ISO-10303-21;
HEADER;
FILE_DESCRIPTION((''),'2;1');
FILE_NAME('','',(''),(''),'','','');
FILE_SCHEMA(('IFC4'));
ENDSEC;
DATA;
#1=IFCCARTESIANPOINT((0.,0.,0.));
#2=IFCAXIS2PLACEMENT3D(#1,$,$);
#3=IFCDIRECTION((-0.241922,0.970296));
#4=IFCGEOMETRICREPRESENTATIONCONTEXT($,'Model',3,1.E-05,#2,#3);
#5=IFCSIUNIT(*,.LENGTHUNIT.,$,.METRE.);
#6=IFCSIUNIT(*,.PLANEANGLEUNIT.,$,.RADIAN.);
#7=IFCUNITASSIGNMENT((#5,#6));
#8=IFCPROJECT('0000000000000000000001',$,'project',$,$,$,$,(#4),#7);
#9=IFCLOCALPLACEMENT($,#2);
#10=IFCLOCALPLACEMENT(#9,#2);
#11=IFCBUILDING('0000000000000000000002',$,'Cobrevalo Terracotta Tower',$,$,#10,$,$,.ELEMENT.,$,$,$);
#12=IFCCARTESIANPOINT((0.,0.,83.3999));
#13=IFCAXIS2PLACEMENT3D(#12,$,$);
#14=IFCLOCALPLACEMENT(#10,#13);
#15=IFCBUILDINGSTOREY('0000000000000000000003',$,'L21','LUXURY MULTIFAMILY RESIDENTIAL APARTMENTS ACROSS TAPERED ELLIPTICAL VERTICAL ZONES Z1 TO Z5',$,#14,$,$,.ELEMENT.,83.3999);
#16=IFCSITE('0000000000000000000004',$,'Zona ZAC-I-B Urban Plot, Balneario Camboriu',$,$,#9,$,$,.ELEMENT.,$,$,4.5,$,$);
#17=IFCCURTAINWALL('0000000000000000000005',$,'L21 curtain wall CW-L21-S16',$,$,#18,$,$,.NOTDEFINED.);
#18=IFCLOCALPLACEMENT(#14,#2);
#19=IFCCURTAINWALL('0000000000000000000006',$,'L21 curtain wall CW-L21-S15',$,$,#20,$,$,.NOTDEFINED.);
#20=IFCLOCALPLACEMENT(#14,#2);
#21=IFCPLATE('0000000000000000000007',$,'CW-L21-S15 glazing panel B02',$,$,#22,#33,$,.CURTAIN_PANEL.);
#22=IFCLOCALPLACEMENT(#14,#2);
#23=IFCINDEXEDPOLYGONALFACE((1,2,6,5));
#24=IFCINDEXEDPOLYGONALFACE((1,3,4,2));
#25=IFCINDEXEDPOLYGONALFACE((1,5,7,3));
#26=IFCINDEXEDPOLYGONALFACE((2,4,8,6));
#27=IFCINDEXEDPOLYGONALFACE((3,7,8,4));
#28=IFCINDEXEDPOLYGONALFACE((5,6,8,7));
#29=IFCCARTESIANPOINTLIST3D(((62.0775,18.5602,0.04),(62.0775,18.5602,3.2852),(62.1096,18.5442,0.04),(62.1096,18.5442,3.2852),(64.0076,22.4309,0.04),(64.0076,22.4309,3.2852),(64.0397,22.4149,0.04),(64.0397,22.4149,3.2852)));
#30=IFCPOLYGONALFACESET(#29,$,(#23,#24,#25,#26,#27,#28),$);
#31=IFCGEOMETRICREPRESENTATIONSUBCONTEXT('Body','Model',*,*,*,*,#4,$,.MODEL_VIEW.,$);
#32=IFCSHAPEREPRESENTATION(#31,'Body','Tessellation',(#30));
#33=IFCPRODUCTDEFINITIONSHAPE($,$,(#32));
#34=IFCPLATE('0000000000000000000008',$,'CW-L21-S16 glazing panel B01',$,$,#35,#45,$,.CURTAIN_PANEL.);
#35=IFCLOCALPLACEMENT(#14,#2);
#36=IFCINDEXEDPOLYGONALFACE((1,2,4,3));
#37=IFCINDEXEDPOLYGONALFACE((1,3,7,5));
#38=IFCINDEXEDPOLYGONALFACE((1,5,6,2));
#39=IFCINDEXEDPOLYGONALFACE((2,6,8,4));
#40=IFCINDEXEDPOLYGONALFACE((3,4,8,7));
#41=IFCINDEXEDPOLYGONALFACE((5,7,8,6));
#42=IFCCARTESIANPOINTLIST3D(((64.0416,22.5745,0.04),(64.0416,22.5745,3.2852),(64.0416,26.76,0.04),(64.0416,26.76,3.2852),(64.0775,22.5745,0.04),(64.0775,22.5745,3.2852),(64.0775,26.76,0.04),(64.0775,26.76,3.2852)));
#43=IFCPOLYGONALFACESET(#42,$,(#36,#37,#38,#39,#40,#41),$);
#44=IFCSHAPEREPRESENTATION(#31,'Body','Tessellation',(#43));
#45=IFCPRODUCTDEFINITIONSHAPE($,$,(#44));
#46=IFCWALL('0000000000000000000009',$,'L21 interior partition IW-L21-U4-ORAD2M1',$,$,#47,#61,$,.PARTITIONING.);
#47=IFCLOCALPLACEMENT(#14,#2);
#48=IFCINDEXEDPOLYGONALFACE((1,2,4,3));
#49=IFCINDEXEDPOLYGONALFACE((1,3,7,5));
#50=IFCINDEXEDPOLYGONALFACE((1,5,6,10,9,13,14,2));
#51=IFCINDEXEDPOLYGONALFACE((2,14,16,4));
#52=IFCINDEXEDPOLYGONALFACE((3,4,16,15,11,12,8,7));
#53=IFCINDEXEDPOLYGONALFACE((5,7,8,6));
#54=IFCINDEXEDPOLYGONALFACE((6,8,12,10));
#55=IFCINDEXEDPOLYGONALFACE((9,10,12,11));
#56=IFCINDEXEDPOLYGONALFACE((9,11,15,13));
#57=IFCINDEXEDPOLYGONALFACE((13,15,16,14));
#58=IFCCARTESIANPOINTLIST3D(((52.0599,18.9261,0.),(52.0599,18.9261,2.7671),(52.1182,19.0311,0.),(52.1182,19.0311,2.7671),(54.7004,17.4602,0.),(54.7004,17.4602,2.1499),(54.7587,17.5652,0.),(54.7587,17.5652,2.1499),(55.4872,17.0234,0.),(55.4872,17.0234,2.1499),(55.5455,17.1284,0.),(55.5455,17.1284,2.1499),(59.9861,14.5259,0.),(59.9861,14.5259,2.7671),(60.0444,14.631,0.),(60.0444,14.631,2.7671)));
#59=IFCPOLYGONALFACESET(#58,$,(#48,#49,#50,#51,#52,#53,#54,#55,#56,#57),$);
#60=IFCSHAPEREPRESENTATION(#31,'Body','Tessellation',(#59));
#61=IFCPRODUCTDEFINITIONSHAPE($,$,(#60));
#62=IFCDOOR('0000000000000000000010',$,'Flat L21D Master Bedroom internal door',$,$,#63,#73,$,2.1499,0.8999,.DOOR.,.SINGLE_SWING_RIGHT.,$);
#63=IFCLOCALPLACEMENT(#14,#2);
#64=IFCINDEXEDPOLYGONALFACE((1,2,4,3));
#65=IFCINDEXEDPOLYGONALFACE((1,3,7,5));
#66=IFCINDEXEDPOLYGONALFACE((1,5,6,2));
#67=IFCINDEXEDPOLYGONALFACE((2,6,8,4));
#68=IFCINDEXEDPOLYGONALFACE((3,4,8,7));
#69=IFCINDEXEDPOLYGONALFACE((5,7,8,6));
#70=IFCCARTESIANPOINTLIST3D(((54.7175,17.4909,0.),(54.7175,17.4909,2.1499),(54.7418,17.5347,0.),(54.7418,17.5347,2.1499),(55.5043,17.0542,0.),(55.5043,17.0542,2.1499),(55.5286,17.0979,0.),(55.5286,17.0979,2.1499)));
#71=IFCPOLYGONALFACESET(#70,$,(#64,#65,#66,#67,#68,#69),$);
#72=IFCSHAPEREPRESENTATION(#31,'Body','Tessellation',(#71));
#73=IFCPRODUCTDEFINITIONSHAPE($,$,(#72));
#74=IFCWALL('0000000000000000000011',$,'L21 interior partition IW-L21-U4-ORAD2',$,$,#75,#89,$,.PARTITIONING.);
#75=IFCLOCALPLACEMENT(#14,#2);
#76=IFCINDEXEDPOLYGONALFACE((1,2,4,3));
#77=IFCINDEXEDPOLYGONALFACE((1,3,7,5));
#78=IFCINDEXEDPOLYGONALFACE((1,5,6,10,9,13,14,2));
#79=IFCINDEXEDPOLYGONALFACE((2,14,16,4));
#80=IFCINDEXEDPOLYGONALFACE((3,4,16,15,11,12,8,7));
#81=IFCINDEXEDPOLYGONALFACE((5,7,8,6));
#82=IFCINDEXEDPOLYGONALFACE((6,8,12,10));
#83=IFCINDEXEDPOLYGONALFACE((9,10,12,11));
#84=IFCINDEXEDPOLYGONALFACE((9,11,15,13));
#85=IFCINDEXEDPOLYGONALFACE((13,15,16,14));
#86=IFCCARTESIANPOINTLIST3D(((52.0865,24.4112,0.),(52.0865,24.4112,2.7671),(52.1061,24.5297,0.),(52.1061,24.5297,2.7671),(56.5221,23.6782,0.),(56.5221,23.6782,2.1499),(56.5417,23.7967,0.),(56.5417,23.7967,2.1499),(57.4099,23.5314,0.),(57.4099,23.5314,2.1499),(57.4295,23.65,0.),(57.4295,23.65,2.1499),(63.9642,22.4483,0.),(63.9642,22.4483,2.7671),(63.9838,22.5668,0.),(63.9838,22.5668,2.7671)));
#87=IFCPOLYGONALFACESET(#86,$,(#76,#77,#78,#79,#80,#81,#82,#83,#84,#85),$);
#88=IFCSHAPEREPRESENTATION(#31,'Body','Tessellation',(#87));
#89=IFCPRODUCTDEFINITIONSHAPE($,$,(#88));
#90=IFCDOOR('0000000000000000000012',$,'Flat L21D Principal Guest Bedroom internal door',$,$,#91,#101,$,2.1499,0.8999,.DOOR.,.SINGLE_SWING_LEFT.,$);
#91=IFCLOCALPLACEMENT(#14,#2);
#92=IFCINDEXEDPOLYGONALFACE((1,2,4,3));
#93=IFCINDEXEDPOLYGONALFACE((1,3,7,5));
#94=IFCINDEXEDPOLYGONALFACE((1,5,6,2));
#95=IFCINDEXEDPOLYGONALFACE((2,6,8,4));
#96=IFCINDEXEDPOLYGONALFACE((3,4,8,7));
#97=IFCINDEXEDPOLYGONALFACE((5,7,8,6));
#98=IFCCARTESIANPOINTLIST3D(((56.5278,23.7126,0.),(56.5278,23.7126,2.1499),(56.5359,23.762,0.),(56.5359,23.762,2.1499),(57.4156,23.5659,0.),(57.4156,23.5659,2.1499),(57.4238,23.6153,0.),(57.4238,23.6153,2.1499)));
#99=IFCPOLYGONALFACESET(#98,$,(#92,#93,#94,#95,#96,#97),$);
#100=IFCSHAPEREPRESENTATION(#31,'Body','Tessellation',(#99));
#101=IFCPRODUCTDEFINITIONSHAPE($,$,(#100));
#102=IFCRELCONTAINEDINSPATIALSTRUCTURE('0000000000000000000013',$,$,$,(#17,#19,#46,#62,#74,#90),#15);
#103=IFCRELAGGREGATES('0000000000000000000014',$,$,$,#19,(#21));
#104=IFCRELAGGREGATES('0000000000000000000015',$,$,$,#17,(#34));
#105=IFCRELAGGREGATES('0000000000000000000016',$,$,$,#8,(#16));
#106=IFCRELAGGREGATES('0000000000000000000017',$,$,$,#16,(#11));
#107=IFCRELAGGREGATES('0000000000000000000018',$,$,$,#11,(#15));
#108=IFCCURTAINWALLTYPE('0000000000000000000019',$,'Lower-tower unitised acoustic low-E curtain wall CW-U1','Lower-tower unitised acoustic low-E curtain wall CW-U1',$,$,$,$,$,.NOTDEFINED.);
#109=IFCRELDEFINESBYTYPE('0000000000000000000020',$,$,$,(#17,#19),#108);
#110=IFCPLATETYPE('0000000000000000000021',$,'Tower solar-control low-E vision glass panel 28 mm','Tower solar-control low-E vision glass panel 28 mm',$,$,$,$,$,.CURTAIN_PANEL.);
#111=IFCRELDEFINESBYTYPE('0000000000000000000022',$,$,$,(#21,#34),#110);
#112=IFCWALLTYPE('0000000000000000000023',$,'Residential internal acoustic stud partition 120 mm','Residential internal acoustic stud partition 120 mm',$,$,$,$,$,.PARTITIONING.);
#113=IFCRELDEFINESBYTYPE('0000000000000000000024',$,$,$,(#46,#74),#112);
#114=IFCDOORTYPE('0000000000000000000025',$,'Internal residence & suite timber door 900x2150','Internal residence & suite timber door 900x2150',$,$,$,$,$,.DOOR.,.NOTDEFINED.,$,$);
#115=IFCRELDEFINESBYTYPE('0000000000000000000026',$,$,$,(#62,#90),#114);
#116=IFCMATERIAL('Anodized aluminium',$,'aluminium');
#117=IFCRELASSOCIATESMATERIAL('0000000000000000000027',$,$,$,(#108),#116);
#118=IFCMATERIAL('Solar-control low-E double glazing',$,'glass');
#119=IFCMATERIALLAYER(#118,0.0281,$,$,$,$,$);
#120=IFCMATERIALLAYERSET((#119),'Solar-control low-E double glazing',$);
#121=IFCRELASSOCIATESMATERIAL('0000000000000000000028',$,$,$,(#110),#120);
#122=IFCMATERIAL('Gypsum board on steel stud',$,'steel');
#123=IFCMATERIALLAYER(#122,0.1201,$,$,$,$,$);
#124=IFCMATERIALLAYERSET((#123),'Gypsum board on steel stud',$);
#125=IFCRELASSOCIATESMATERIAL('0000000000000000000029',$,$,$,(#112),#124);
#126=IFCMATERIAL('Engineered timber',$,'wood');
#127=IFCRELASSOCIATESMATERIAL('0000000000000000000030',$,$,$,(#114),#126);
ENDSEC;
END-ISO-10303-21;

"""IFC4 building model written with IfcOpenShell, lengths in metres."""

from ifc_helpers import new_model, si_unit, direction, frame, frame_2d, origin, origin_2d, place, context, subcontext, project, spatial, rectangle, extrude, source, transform, mapped, material, layer, layer_set, type_object, element, fill, aggregate, save


model = new_model("IFC4")

# Units and contexts
model_context = context("Model", 3, precision=1e-05, world=origin(), true_north=direction((-0.241922, 0.970296)))
body_context = subcontext(model_context, "Body", "Model", "MODEL_VIEW")
ifc_project = project(units=[si_unit("LENGTHUNIT", "METRE"), si_unit("PLANEANGLEUNIT", "RADIAN")], contexts=[model_context])

# Site, building, storey
site_placement = place(None, origin())
site = spatial("IfcSite", under=ifc_project, at=site_placement, Name="Zona ZAC-I-B Urban Plot, Balneario Camboriu", CompositionType="ELEMENT", RefElevation=4.5)
building_placement = place(site_placement, origin())
building = spatial("IfcBuilding", under=site, at=building_placement, Name="Cobrevalo Terracotta Tower", CompositionType="ELEMENT")
storey_placement = place(building_placement, frame((0.0, 0.0, 83.3999)))
storey = spatial("IfcBuildingStorey", under=building, at=storey_placement, Name="L21", Description="LUXURY MULTIFAMILY RESIDENTIAL APARTMENTS ACROSS TAPERED ELLIPTICAL VERTICAL ZONES Z1 TO Z5", CompositionType="ELEMENT", Elevation=83.3999)

# Curtain walls
ifc_material_1 = material(Name="Anodized aluminium", Category="aluminium")
curtain_wall_type = type_object("IfcCurtainWallType", Name="Lower-tower unitised acoustic low-E curtain wall CW-U1", Description="Lower-tower unitised acoustic low-E curtain wall CW-U1", PredefinedType="NOTDEFINED", material=ifc_material_1)
curtain_wall_1_placement = place(storey_placement, origin())
curtain_wall_1 = element("IfcCurtainWall", 1, at=curtain_wall_1_placement, inside=storey, type_object=curtain_wall_type, Name="L21 curtain wall CW-L21-S16", PredefinedType="NOTDEFINED")
curtain_wall_2_placement = place(storey_placement, origin())
curtain_wall_2 = element("IfcCurtainWall", 2, at=curtain_wall_2_placement, inside=storey, type_object=curtain_wall_type, Name="L21 curtain wall CW-L21-S15", PredefinedType="NOTDEFINED")

# Plates
ifc_material_2 = material(Name="Solar-control low-E double glazing", Category="glass")
ifc_layer_1 = layer(ifc_material_2, 0.0281)
ifc_layer_set_1 = layer_set([ifc_layer_1], Name="Solar-control low-E double glazing")
plate_type = type_object("IfcPlateType", Name="Tower solar-control low-E vision glass panel 28 mm", Description="Tower solar-control low-E vision glass panel 28 mm", PredefinedType="CURTAIN_PANEL", material=ifc_layer_set_1)
shared_shape_1 = source(origin(), body_context, "Body", "SweptSolid", [
    extrude(rectangle(XDim=4.3252, YDim=0.0359, at=origin_2d()), origin(), (0.0, 0.0, 1.0), 3.2451),
])
plate_1_placement = place(storey_placement, frame((63.0586, 20.4875, 0.04), z_axis=(0.0, 0.0, 1.0), x_axis=(0.446262, 0.894902, 0.0)))
plate_1 = element("IfcPlate", 3, at=plate_1_placement, type_object=plate_type, Name="CW-L21-S15 glazing panel B02", PredefinedType="CURTAIN_PANEL", context=body_context, shape_type="MappedRepresentation", body=[
    mapped(shared_shape_1, transform((0.0, 0.0, 0.0), scale=1.0)),
])
aggregate(curtain_wall_2, [plate_1])
shared_shape_2 = source(origin(), body_context, "Body", "SweptSolid", [
    extrude(rectangle(XDim=4.1855, YDim=0.0359, at=origin_2d()), origin(), (0.0, 0.0, 1.0), 3.2451),
])
plate_2_placement = place(storey_placement, frame((64.0596, 24.6672, 0.04), z_axis=(0.0, 0.0, 1.0), x_axis=(0.0, 1.0, 0.0)))
plate_2 = element("IfcPlate", 4, at=plate_2_placement, type_object=plate_type, Name="CW-L21-S16 glazing panel B01", PredefinedType="CURTAIN_PANEL", context=body_context, shape_type="MappedRepresentation", body=[
    mapped(shared_shape_2, transform((0.0, 0.0, 0.0), scale=1.0)),
])
aggregate(curtain_wall_1, [plate_2])

# Walls, openings, doors
ifc_material_3 = material(Name="Gypsum board on steel stud", Category="steel")
ifc_layer_2 = layer(ifc_material_3, 0.1201)
ifc_layer_set_2 = layer_set([ifc_layer_2], Name="Gypsum board on steel stud")
wall_type = type_object("IfcWallType", Name="Residential internal acoustic stud partition 120 mm", Description="Residential internal acoustic stud partition 120 mm", PredefinedType="PARTITIONING", material=ifc_layer_set_2)
wall_1_placement = place(storey_placement, frame((52.0891, 18.9785, 0.0), z_axis=(0.0, 0.0, 1.0), x_axis=(0.874313, -0.485362, 0.0)))
wall_1 = element("IfcWall", 5, at=wall_1_placement, inside=storey, type_object=wall_type, Name="L21 interior partition IW-L21-U4-ORAD2M1", PredefinedType="PARTITIONING", context=body_context, shape_type="SweptSolid", body=[
    extrude(rectangle(XDim=9.0657, YDim=0.1201, at=frame_2d((4.5327, 0.0))), origin(), (0.0, 0.0, 1.0), 2.7671),
])
opening_1_placement = place(wall_1_placement, frame((3.02, 0.0, 0.0)))
opening_1 = element("IfcOpeningElement", 6, at=opening_1_placement, cuts=wall_1, PredefinedType="OPENING", context=body_context, shape_type="SweptSolid", body=[
    extrude(rectangle(XDim=0.8999, YDim=2.1499, at=frame_2d((0.45, 1.075))), frame((0.0, 0.0701, 0.0), z_axis=(0.0, -1.0, 0.0), x_axis=(1.0, 0.0, 0.0)), (0.0, 0.0, 1.0), 0.1401),
])
ifc_material_4 = material(Name="Engineered timber", Category="wood")
door_type = type_object("IfcDoorType", Name="Internal residence & suite timber door 900x2150", Description="Internal residence & suite timber door 900x2150", OperationType="NOTDEFINED", PredefinedType="DOOR", material=ifc_material_4)
shared_shape_3 = source(origin(), body_context, "Body", "SweptSolid", [
    extrude(rectangle(XDim=0.8999, YDim=2.1499, at=frame_2d((0.45, 1.075))), frame((0.0, 0.0249, 0.0), z_axis=(0.0, -1.0, 0.0), x_axis=(1.0, 0.0, 0.0)), (0.0, 0.0, 1.0), 0.05),
])
door_1_placement = place(opening_1_placement, frame((0.8999, 0.0, 0.0), z_axis=(0.0, 0.0, 1.0), x_axis=(-1.0, 0.0, 0.0)))
door_1 = element("IfcDoor", 7, at=door_1_placement, inside=storey, type_object=door_type, Name="Flat L21D Master Bedroom internal door", OperationType="SINGLE_SWING_RIGHT", OverallHeight=2.1499, OverallWidth=0.8999, PredefinedType="DOOR", context=body_context, shape_type="MappedRepresentation", body=[
    mapped(shared_shape_3, transform((0.0, 0.0, 0.0), scale=1.0)),
])
fill(opening_1, door_1)
wall_2_placement = place(storey_placement, frame((52.0962, 24.4705, 0.0), z_axis=(0.0, 0.0, 1.0), x_axis=(0.986618, -0.163047, 0.0)))
wall_2 = element("IfcWall", 8, at=wall_2_placement, inside=storey, type_object=wall_type, Name="L21 interior partition IW-L21-U4-ORAD2", PredefinedType="PARTITIONING", context=body_context, shape_type="SweptSolid", body=[
    extrude(rectangle(XDim=12.0388, YDim=0.1201, at=frame_2d((6.0195, 0.0))), origin(), (0.0, 0.0, 1.0), 2.7671),
])
opening_2_placement = place(wall_2_placement, frame((4.4958, 0.0, 0.0)))
opening_2 = element("IfcOpeningElement", 9, at=opening_2_placement, cuts=wall_2, PredefinedType="OPENING", context=body_context, shape_type="SweptSolid", body=[
    extrude(rectangle(XDim=0.8999, YDim=2.1499, at=frame_2d((0.45, 1.075))), frame((0.0, 0.0701, 0.0), z_axis=(0.0, -1.0, 0.0), x_axis=(1.0, 0.0, 0.0)), (0.0, 0.0, 1.0), 0.1401),
])
door_2_placement = place(opening_2_placement, origin())
door_2 = element("IfcDoor", 10, at=door_2_placement, inside=storey, type_object=door_type, Name="Flat L21D Principal Guest Bedroom internal door", OperationType="SINGLE_SWING_LEFT", OverallHeight=2.1499, OverallWidth=0.8999, PredefinedType="DOOR", context=body_context, shape_type="MappedRepresentation", body=[
    mapped(shared_shape_3, transform((0.0, 0.0, 0.0), scale=1.0)),
])
fill(opening_2, door_2)

save(model, "model.ifc")
